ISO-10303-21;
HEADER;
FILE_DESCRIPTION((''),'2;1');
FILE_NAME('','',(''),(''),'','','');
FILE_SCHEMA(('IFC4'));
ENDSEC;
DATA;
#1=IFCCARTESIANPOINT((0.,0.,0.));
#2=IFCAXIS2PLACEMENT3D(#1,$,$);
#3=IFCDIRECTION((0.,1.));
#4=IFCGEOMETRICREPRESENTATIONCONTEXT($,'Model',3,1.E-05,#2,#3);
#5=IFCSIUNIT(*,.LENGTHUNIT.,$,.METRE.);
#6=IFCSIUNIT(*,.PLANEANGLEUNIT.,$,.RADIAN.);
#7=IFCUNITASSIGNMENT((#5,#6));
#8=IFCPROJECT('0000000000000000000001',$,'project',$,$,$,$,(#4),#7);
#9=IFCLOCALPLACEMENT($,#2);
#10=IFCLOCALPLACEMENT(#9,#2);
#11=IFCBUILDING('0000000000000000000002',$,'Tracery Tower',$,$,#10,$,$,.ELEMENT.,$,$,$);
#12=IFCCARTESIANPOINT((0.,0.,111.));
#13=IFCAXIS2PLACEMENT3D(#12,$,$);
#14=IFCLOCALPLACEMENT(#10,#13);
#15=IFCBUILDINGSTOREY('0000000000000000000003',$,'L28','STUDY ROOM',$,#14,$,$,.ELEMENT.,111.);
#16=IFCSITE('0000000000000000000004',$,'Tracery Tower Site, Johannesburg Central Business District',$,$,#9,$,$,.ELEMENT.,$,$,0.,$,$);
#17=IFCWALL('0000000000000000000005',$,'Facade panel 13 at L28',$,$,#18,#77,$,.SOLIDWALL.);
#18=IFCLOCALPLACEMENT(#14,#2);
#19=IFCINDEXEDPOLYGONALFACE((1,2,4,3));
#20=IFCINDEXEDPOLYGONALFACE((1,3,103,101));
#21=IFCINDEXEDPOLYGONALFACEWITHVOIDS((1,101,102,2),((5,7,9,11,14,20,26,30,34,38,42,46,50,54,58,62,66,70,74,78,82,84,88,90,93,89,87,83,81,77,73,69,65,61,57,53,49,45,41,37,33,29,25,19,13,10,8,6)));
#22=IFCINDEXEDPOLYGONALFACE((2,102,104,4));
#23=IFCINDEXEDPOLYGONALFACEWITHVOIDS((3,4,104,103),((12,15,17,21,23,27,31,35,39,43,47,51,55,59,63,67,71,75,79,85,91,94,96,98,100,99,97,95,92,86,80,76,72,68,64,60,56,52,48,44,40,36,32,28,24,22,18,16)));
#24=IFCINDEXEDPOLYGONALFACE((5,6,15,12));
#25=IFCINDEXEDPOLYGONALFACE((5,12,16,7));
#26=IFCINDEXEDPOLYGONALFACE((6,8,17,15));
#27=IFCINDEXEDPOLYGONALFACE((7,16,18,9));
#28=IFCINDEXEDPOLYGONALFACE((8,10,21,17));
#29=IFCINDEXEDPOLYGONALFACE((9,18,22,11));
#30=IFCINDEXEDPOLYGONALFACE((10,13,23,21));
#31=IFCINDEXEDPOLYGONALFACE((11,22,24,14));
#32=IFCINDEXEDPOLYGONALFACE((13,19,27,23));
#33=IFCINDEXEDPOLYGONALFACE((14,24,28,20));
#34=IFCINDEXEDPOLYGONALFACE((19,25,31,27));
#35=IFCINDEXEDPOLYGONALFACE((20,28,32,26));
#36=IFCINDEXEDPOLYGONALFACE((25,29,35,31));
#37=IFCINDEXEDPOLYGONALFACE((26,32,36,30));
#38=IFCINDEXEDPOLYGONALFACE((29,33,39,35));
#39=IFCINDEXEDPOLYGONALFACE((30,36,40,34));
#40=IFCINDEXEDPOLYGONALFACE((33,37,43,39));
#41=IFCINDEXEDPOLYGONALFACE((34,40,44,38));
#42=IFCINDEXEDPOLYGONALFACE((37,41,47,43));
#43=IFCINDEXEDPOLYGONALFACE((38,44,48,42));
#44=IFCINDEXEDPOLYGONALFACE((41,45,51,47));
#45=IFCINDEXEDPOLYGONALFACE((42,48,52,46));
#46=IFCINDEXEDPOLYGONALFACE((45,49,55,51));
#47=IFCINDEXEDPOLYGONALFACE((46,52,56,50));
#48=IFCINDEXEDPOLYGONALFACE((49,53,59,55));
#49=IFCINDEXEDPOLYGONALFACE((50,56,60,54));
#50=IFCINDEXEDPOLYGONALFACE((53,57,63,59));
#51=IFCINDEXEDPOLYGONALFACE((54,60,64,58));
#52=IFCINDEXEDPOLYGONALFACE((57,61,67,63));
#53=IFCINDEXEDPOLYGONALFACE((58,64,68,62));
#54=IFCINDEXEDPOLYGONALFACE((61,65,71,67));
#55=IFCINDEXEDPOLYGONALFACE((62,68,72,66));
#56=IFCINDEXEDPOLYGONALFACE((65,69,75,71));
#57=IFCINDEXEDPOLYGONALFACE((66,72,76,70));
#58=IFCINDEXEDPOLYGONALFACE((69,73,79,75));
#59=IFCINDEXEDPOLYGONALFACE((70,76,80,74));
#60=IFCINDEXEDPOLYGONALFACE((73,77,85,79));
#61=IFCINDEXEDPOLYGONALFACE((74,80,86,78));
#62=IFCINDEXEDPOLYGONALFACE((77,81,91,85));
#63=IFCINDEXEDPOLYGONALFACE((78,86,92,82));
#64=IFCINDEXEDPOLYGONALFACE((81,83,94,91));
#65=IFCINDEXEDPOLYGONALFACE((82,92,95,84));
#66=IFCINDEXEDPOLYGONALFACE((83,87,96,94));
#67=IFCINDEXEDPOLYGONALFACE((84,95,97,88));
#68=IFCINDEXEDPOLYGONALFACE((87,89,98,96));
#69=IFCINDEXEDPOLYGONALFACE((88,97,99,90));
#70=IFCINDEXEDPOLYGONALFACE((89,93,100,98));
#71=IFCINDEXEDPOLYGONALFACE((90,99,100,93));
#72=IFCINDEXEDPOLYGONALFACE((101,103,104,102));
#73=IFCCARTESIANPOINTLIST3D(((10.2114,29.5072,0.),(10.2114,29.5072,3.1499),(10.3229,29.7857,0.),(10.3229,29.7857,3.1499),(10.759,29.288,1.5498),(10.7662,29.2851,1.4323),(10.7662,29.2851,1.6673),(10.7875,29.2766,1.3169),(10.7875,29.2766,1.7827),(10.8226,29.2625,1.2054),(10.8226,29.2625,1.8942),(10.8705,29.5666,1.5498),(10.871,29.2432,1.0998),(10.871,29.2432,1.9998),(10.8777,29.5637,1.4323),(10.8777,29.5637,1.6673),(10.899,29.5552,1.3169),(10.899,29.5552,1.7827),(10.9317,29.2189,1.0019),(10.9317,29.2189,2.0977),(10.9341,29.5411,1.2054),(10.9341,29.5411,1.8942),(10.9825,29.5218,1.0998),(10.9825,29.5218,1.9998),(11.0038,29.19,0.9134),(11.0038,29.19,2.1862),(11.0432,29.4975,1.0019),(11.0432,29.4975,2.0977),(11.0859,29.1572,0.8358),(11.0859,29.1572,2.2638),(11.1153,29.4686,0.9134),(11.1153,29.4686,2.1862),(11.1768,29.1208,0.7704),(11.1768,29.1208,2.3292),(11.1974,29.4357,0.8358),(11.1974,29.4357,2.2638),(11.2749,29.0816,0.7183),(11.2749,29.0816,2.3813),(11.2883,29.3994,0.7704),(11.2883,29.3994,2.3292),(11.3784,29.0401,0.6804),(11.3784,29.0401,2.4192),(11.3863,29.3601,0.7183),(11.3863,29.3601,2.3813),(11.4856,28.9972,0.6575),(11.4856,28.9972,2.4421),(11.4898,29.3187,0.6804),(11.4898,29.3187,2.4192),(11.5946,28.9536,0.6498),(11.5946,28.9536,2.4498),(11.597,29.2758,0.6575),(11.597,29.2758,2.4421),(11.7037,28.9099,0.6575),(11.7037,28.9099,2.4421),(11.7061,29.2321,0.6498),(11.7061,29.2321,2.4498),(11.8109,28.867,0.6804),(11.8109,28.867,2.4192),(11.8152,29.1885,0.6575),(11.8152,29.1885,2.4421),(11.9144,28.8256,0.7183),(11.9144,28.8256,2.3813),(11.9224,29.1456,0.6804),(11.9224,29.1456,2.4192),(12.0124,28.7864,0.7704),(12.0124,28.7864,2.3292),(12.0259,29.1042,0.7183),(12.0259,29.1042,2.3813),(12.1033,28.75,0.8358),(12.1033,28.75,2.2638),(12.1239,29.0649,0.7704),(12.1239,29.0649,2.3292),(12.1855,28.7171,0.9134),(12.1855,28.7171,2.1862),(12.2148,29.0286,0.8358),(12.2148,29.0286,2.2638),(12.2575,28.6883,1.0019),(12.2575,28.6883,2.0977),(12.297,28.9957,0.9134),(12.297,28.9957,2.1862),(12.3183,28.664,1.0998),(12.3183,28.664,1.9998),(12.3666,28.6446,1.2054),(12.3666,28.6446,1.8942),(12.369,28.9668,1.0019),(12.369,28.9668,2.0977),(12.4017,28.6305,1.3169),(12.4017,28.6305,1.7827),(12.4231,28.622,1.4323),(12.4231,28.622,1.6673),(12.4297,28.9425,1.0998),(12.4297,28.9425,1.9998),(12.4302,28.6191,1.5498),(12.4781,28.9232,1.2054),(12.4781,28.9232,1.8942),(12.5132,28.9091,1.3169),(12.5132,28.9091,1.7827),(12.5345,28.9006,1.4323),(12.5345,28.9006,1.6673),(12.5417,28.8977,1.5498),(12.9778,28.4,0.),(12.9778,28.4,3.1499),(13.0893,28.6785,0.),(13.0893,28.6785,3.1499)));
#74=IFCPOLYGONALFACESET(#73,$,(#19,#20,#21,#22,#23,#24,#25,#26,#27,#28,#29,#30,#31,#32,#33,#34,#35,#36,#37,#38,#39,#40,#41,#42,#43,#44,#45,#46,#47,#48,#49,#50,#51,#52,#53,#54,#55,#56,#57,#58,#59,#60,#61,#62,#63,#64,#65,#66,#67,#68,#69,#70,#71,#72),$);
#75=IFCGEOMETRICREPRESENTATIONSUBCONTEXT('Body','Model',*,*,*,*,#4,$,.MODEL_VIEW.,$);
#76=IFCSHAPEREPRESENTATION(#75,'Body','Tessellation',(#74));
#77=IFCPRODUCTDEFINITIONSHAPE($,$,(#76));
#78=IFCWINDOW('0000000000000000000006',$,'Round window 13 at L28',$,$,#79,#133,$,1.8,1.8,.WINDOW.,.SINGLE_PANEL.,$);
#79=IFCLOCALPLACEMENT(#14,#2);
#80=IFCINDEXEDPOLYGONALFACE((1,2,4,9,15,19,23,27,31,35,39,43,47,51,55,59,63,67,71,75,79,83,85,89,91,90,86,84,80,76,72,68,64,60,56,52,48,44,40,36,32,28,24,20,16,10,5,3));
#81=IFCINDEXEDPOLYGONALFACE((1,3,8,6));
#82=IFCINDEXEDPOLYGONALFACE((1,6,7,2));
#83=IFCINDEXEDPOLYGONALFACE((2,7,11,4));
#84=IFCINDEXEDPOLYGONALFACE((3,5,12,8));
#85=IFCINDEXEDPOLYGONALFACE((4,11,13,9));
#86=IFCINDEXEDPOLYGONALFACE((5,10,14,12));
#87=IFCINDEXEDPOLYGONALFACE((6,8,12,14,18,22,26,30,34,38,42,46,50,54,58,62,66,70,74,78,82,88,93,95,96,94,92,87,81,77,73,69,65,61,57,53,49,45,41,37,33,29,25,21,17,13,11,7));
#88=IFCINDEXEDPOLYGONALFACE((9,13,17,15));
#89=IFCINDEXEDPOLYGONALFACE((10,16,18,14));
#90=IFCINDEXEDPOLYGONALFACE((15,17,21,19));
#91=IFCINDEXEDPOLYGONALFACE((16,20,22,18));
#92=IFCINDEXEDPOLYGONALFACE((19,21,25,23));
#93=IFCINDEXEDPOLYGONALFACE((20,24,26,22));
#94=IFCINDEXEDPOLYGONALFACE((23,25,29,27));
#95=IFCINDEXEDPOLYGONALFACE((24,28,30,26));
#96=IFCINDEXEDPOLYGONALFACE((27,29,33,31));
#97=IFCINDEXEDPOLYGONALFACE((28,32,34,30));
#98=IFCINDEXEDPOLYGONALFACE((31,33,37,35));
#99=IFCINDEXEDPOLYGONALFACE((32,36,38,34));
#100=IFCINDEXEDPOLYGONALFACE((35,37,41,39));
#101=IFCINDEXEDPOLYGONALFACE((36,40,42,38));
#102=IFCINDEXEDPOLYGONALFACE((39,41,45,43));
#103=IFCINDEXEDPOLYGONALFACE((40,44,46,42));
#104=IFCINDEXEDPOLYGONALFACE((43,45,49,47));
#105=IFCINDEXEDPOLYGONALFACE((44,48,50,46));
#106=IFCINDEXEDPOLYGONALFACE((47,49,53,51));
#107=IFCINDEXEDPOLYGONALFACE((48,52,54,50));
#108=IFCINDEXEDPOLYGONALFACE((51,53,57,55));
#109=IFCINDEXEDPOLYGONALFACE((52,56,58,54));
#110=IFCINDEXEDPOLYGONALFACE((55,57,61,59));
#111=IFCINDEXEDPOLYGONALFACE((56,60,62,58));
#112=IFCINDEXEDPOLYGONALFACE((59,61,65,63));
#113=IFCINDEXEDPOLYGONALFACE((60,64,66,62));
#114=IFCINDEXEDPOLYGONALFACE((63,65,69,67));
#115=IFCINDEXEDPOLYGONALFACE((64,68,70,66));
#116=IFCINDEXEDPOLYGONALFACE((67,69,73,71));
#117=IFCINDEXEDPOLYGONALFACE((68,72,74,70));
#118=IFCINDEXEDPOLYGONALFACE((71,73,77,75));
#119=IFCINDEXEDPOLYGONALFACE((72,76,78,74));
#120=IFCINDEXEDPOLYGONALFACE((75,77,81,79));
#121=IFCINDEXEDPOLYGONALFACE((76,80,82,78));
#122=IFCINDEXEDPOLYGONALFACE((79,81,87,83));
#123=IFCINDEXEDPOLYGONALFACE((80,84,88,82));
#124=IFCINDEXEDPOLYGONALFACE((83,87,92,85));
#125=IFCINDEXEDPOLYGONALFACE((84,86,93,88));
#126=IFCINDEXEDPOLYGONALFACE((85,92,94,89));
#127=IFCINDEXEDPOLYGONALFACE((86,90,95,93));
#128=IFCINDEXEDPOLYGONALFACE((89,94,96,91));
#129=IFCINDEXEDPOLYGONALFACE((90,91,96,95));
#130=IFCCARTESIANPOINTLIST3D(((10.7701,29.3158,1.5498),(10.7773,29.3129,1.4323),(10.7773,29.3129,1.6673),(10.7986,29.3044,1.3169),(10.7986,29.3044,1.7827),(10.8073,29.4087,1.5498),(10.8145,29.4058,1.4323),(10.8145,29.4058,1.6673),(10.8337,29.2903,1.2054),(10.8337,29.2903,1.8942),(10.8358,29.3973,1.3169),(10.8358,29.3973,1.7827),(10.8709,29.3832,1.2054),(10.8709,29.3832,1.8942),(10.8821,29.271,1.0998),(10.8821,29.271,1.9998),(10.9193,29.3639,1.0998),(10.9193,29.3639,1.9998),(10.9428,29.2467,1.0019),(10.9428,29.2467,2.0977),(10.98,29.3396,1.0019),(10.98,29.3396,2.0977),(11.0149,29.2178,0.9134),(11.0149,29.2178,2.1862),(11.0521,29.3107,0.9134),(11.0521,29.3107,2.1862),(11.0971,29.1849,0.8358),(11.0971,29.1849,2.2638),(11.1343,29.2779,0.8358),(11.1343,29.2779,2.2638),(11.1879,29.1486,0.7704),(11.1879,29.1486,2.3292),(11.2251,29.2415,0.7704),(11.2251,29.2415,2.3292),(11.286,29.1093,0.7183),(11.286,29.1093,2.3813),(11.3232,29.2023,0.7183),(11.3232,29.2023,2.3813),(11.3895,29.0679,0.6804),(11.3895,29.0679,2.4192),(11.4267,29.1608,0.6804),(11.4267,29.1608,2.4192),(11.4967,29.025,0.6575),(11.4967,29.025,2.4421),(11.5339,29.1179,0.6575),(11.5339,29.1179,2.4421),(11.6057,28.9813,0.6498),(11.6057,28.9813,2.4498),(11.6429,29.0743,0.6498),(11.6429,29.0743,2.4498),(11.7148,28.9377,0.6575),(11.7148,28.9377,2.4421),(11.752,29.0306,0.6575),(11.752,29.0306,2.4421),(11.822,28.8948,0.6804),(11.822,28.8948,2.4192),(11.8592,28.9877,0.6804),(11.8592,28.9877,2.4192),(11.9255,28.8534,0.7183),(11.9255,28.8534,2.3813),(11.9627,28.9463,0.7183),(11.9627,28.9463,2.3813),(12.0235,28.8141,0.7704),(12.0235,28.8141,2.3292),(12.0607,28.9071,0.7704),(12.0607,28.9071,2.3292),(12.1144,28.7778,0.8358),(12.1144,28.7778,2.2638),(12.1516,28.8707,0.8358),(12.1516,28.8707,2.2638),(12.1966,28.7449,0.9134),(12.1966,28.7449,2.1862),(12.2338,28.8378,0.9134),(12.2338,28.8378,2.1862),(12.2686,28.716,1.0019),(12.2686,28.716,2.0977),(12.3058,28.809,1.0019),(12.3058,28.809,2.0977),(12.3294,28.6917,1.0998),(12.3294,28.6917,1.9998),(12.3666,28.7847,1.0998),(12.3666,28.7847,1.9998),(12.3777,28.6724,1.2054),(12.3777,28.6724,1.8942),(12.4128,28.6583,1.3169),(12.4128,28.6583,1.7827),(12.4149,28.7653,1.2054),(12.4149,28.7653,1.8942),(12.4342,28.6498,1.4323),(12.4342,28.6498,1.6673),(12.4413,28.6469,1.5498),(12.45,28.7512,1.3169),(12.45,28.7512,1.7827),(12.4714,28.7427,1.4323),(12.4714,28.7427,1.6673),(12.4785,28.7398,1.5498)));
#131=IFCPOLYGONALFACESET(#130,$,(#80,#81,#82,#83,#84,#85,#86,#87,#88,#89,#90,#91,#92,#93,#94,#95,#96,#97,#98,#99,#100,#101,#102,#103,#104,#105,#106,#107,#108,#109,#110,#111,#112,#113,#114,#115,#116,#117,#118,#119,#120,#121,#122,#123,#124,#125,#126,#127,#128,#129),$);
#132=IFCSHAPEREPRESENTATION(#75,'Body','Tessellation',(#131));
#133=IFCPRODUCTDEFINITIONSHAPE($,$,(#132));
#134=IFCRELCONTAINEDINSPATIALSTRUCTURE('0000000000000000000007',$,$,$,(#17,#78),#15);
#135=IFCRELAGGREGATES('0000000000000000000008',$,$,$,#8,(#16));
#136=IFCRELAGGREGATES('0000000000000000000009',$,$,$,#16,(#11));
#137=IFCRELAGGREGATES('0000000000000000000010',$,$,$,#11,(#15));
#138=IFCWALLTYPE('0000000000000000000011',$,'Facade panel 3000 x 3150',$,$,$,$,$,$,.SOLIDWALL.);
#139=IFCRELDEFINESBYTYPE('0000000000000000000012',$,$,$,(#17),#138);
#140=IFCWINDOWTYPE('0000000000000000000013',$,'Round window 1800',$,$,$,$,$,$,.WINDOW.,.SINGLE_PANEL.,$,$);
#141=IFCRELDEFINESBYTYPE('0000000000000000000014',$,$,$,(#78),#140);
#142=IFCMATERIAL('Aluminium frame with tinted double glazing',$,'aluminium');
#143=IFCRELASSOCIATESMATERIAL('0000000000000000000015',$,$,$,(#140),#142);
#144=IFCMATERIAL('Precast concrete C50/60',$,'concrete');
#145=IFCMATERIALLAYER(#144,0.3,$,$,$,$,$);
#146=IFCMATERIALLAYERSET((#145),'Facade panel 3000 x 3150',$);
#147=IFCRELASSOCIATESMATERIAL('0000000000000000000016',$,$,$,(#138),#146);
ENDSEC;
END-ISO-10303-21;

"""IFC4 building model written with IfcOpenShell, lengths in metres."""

from ifc_helpers import new_model, si_unit, direction, frame, frame_2d, origin, origin_2d, place, context, subcontext, project, spatial, rectangle, circle, extrude, material, layer, layer_set, type_object, element, fill, save


model = new_model("IFC4")

# Units and contexts
model_context = context("Model", 3, precision=1e-05, world=origin(), true_north=direction((0.0, 1.0)))
body_context = subcontext(model_context, "Body", "Model", "MODEL_VIEW")
ifc_project = project(units=[si_unit("LENGTHUNIT", "METRE"), si_unit("PLANEANGLEUNIT", "RADIAN")], contexts=[model_context])

# Site, building, storey
site_placement = place(None, origin())
site = spatial("IfcSite", under=ifc_project, at=site_placement, Name="Tracery Tower Site, Johannesburg Central Business District", CompositionType="ELEMENT", RefElevation=0.0)
building_placement = place(site_placement, origin())
building = spatial("IfcBuilding", under=site, at=building_placement, Name="Tracery Tower", CompositionType="ELEMENT")
storey_placement = place(building_placement, frame((0.0, 0.0, 111.0)))
storey = spatial("IfcBuildingStorey", under=building, at=storey_placement, Name="L28", Description="STUDY ROOM", CompositionType="ELEMENT", Elevation=111.0)

# Wall, opening, window
ifc_material_1 = material(Name="Aluminium frame with tinted double glazing", Category="aluminium")
window_type = type_object("IfcWindowType", Name="Round window 1800", PartitioningType="SINGLE_PANEL", PredefinedType="WINDOW", material=ifc_material_1)
ifc_material_2 = material(Name="Precast concrete C50/60", Category="concrete")
ifc_layer_1 = layer(ifc_material_2, 0.3)
ifc_layer_set_1 = layer_set([ifc_layer_1], Name="Facade panel 3000 x 3150")
wall_type_1 = type_object("IfcWallType", Name="Facade panel 3000 x 3150", PredefinedType="SOLIDWALL", material=ifc_layer_set_1)
wall_1_placement = place(storey_placement, frame((13.0334, 28.5393, 0.0), z_axis=(0.0, 0.0, 1.0), x_axis=(-0.928403, 0.371574, 0.0)))
wall_1 = element("IfcWall", 1, at=wall_1_placement, inside=storey, type_object=wall_type_1, Name="Facade panel 13 at L28", PredefinedType="SOLIDWALL", context=body_context, shape_type="SweptSolid", body=[
    extrude(rectangle(XDim=2.9797, YDim=0.3, at=frame_2d((1.4897, 0.0))), origin(), (0.0, 0.0, 1.0), 3.1499),
])
opening_1_placement = place(wall_1_placement, frame((1.4897, 0.0, 1.5498)))
opening_1 = element("IfcOpeningElement", 2, at=opening_1_placement, cuts=wall_1, PredefinedType="OPENING", context=body_context, shape_type="SweptSolid", body=[
    extrude(circle(Radius=0.9, at=origin_2d()), frame((0.0, 0.1599, 0.0), z_axis=(0.0, -1.0, 0.0), x_axis=(1.0, 0.0, 0.0)), (0.0, 0.0, 1.0), 0.3201),
])
window_1_placement = place(opening_1_placement, origin())
window_1 = element("IfcWindow", 3, at=window_1_placement, inside=storey, type_object=window_type, Name="Round window 13 at L28", OverallHeight=1.8, OverallWidth=1.8, PartitioningType="SINGLE_PANEL", PredefinedType="WINDOW", context=body_context, shape_type="SweptSolid", body=[
    extrude(circle(Radius=0.9, at=origin_2d()), frame((0.0, 0.1201, 0.0), z_axis=(0.0, -1.0, 0.0), x_axis=(1.0, 0.0, 0.0)), (0.0, 0.0, 1.0), 0.1001),
])
fill(opening_1, window_1)

save(model, "model.ifc")
